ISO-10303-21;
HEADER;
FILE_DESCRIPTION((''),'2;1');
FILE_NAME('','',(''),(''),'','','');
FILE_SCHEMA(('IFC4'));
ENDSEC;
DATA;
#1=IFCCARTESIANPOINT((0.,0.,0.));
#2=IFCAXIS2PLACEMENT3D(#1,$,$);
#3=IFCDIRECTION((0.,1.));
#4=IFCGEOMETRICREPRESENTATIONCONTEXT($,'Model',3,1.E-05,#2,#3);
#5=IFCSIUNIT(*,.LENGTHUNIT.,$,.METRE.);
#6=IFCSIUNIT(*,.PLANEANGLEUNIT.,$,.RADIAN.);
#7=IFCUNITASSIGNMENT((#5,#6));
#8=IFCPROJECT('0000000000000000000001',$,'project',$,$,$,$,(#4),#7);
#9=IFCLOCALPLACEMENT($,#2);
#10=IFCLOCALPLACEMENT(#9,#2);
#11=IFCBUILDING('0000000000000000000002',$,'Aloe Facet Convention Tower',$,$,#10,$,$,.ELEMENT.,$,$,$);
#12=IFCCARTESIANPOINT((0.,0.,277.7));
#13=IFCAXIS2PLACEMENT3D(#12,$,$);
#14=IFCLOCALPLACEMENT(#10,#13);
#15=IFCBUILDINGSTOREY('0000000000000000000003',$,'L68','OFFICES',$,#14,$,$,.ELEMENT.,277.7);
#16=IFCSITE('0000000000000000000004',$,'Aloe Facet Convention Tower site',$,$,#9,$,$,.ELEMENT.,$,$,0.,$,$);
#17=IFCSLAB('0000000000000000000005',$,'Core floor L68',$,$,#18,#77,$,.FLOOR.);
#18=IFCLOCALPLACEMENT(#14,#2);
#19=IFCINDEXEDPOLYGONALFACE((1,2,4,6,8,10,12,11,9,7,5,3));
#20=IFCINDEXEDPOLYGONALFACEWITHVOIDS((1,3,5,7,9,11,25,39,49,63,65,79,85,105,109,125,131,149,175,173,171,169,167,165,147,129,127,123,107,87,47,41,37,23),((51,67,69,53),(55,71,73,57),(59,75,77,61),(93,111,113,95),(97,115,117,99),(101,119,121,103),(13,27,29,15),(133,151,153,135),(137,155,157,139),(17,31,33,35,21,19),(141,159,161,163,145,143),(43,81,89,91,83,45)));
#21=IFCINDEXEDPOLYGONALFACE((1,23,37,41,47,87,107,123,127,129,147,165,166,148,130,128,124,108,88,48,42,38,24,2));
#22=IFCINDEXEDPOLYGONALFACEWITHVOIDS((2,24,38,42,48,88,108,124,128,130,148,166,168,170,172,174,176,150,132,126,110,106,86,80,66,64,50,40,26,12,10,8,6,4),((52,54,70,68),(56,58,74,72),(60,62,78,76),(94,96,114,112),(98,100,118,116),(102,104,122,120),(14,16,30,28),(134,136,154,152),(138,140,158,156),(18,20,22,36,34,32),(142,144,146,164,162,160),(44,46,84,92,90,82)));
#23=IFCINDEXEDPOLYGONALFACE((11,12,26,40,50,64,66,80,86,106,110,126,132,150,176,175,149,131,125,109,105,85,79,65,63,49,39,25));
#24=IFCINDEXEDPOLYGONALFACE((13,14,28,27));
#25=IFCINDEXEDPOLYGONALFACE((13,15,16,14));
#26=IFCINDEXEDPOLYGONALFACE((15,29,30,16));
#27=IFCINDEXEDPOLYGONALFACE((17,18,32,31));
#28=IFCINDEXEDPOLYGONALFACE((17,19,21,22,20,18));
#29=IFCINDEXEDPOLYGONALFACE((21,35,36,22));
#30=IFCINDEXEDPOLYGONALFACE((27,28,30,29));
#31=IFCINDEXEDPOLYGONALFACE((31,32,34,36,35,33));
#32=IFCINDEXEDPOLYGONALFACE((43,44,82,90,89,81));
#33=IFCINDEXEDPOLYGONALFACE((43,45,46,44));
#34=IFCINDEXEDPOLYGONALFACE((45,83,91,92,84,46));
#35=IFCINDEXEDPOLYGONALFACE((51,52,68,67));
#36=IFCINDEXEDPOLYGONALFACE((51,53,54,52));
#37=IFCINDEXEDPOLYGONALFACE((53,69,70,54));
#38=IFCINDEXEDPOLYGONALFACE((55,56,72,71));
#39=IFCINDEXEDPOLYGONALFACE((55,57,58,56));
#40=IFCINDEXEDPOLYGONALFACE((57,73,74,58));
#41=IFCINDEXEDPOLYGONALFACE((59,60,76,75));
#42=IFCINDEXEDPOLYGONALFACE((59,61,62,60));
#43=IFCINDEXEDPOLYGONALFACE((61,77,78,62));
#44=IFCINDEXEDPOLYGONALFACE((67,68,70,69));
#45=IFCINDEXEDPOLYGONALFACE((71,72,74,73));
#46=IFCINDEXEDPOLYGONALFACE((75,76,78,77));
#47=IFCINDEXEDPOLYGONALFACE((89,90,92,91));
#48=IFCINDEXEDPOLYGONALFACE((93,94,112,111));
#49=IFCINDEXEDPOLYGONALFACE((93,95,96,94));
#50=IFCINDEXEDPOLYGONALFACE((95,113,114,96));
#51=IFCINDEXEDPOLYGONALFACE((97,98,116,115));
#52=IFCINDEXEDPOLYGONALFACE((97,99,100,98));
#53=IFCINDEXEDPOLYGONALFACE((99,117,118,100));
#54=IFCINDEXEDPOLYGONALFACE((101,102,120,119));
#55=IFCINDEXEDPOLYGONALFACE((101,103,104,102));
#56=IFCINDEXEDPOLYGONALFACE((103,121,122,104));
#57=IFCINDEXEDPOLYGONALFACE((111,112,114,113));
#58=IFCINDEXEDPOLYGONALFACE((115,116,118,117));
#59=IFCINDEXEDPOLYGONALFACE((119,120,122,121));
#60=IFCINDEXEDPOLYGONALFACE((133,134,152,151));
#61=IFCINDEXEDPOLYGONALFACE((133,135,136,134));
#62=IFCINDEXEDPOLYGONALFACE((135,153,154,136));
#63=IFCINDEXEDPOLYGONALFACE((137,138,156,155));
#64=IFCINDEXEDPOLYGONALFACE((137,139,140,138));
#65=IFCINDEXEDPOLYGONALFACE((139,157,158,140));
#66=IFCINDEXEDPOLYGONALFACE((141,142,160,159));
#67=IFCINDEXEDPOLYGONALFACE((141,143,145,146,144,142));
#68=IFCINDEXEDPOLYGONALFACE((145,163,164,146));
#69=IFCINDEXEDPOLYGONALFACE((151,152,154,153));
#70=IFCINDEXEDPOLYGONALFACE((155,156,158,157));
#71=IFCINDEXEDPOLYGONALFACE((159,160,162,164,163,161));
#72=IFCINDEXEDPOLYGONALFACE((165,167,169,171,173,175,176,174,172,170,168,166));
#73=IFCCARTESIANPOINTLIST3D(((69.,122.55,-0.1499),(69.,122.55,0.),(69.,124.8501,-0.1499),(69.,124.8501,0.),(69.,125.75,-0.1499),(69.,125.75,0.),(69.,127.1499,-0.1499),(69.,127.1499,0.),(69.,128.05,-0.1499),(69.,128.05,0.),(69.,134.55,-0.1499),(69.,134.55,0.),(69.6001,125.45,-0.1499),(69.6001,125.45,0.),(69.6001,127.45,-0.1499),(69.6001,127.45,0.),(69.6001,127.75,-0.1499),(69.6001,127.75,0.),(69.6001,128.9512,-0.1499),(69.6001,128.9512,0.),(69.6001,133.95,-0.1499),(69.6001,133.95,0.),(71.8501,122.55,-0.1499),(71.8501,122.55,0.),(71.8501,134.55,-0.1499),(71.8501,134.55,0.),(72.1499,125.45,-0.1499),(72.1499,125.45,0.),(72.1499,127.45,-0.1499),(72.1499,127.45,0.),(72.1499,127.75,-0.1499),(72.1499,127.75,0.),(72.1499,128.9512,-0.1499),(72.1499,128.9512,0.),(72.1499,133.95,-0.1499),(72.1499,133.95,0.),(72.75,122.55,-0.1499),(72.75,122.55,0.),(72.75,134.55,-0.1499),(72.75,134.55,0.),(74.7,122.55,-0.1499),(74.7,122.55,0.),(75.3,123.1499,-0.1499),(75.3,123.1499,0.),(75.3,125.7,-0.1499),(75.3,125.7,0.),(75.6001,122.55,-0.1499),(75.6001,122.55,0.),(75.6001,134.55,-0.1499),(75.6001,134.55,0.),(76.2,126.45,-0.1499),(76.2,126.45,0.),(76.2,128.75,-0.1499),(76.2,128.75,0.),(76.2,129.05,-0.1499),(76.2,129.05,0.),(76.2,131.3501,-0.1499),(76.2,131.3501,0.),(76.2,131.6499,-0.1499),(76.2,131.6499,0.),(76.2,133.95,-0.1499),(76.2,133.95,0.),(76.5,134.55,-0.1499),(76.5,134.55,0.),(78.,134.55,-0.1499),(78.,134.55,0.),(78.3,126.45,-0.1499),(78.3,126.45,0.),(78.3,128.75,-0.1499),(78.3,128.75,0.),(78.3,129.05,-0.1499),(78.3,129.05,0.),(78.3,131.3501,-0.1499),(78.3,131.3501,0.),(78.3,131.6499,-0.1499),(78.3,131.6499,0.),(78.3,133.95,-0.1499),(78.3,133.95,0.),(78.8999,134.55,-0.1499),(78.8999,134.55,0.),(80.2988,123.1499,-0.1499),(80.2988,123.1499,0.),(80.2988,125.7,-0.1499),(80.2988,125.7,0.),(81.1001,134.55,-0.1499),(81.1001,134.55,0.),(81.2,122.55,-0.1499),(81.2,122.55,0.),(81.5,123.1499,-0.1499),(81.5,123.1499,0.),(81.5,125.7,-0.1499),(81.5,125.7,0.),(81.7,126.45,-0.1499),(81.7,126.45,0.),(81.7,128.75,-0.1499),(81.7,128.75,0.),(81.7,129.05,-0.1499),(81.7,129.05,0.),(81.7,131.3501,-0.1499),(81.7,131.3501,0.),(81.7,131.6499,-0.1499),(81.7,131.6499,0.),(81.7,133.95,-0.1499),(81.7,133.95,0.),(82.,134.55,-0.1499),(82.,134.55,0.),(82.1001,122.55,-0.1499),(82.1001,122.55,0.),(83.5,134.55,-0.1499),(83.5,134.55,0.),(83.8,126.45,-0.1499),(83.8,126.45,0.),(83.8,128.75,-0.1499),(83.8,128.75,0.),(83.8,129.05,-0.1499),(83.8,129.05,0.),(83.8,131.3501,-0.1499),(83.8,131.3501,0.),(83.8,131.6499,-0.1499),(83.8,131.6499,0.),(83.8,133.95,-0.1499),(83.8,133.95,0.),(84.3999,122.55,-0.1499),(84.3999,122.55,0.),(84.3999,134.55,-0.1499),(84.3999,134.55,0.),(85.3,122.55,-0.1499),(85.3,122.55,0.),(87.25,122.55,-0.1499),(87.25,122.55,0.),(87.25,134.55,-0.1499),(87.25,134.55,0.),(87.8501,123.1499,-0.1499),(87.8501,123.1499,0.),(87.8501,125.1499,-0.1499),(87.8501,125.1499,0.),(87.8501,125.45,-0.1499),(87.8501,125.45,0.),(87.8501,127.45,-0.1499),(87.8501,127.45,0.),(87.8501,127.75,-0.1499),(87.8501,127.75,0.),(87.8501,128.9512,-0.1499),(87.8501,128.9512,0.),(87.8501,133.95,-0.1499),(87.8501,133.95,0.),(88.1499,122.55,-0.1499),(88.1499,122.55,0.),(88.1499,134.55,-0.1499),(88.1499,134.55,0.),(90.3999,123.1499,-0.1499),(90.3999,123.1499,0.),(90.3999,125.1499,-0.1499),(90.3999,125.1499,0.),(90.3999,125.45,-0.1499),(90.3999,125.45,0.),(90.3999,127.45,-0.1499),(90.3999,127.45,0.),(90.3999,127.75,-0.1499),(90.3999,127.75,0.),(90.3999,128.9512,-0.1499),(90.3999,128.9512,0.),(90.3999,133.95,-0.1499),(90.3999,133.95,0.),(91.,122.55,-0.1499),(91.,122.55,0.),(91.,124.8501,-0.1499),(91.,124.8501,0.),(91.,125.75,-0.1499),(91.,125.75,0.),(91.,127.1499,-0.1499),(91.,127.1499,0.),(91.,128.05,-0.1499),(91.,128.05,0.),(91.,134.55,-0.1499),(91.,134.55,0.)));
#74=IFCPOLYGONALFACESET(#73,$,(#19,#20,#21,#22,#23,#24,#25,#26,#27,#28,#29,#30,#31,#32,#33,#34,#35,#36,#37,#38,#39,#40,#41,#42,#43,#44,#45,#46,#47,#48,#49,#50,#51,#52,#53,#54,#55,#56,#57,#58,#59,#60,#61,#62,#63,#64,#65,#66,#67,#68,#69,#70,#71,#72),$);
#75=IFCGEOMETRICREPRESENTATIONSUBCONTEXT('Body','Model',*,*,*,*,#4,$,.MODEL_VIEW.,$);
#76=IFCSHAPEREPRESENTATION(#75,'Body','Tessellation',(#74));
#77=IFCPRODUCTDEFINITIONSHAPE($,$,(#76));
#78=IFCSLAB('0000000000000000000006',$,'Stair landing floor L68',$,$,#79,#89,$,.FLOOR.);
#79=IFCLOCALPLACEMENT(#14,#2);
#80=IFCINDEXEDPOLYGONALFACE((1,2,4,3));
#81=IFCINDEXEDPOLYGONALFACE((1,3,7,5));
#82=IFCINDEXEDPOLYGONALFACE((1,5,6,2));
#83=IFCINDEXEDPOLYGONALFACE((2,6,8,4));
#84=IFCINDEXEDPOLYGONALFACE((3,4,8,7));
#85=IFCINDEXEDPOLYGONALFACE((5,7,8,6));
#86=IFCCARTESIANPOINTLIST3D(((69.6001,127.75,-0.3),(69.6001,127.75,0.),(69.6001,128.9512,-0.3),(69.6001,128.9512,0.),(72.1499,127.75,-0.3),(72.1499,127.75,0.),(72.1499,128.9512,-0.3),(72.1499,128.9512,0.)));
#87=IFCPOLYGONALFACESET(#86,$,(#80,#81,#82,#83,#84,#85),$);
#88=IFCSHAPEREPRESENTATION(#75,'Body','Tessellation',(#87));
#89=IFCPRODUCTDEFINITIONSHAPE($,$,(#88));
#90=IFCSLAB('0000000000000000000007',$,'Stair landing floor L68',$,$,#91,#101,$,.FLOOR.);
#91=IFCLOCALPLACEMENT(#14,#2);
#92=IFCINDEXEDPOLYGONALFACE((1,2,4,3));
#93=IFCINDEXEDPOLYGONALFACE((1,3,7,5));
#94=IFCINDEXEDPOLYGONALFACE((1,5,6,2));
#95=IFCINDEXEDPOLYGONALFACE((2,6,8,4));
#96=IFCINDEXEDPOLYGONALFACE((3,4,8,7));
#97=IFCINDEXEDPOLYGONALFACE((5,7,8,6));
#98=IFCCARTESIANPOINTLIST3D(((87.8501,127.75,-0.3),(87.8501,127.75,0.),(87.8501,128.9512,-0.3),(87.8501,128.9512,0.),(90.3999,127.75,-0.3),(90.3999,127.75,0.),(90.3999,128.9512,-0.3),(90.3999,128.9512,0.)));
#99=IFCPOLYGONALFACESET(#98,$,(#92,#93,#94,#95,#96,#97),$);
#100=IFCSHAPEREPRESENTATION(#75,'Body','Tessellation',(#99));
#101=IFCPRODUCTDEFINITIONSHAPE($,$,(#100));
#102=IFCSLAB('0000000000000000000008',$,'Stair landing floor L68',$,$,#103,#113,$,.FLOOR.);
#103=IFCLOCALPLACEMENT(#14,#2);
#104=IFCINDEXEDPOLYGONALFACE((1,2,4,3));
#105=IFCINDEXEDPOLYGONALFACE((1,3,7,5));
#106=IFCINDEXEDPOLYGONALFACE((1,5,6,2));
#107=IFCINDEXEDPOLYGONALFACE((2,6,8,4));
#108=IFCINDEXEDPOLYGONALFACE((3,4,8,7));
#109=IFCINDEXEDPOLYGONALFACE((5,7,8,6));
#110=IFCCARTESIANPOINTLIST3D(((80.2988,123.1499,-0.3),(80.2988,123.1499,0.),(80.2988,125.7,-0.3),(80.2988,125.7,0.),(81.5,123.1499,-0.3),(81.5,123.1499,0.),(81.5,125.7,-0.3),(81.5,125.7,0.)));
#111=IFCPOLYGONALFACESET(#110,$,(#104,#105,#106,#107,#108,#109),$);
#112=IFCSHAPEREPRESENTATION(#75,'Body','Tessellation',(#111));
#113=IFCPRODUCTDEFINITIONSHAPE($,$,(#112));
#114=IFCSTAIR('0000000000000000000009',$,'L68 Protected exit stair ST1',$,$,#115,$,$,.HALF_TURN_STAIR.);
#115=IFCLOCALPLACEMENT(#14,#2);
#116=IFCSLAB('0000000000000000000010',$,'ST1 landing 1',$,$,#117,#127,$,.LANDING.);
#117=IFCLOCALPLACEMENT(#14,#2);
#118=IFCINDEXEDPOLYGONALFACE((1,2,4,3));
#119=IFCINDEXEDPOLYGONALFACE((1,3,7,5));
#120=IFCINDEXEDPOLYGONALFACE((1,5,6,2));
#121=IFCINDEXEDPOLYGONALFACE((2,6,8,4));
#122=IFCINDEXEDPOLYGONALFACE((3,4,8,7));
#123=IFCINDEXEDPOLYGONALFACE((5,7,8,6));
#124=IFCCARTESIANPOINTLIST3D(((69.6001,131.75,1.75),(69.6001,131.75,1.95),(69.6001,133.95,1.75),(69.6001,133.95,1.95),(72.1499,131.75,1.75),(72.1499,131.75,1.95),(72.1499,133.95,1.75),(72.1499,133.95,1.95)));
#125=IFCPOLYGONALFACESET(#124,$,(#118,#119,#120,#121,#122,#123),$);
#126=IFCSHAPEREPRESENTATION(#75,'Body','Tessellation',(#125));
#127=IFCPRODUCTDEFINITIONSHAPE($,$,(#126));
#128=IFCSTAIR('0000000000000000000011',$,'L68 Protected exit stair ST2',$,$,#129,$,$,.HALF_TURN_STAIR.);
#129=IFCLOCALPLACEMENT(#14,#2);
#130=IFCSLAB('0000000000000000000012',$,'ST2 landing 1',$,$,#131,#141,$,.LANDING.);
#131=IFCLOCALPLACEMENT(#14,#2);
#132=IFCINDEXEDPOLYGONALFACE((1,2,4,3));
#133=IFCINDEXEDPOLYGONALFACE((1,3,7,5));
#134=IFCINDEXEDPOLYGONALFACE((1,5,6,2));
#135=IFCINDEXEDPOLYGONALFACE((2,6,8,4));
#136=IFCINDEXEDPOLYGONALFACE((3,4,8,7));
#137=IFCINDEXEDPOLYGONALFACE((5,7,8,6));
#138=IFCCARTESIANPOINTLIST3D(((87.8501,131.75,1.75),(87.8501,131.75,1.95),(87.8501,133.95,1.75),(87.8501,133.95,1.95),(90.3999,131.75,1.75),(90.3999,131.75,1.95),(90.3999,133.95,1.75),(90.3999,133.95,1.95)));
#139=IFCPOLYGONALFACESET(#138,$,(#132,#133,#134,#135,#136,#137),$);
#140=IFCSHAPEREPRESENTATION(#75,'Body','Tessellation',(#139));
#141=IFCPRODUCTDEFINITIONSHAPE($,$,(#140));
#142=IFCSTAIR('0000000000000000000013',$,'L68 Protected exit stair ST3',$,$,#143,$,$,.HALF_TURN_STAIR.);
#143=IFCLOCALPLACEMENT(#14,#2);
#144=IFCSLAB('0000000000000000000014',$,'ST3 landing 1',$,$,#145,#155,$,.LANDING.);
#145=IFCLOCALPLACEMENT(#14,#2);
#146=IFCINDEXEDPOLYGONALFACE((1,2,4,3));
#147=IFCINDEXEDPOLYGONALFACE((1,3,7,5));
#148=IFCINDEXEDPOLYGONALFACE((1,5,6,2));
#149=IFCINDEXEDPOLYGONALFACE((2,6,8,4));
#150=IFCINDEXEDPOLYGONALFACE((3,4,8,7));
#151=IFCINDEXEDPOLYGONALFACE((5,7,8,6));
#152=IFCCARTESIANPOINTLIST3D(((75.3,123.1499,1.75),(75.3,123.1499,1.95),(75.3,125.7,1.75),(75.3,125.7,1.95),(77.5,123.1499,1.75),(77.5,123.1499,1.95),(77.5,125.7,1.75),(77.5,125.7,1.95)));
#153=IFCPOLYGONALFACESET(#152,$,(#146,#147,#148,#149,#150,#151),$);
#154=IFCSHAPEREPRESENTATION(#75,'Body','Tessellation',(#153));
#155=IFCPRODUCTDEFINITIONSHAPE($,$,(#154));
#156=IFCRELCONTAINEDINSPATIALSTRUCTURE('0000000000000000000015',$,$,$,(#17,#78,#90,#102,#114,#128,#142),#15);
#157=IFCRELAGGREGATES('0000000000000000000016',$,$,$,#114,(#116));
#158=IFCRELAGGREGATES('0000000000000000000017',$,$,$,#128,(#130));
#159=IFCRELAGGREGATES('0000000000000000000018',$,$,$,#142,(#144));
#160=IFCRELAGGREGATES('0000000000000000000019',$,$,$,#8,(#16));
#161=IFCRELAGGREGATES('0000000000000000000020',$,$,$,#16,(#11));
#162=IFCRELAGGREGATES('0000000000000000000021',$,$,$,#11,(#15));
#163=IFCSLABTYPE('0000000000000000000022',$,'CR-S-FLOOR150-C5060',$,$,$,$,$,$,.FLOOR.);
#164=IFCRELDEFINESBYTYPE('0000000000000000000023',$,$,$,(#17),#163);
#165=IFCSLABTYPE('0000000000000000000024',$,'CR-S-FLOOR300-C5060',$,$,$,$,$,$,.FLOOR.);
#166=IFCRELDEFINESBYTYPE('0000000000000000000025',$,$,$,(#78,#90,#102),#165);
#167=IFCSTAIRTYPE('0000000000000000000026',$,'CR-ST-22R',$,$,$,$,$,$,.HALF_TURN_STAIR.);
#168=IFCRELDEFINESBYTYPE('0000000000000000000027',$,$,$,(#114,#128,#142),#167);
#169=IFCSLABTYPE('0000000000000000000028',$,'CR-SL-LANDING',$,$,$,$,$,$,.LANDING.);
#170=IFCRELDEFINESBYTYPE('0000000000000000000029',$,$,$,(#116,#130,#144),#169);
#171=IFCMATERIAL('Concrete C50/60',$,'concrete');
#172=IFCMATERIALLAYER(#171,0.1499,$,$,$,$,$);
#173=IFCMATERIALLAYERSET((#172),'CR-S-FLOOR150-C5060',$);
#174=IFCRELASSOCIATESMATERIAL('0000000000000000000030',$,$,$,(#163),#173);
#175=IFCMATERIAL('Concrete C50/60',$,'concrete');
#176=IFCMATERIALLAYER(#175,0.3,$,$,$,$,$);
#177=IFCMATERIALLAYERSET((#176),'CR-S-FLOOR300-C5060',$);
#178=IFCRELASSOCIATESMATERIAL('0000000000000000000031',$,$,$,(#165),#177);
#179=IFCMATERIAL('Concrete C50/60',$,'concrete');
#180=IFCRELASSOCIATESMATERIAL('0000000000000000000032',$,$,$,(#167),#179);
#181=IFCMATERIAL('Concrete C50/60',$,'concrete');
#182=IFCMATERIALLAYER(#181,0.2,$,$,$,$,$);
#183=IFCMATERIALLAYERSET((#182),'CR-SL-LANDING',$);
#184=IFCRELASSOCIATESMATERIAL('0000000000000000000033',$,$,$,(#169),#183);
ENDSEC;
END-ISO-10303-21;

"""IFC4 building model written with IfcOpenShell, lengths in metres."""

from ifc_helpers import new_model, si_unit, direction, frame, origin, place, context, subcontext, project, spatial, polyline, outline, extrude, material, layer, layer_set, type_object, element, aggregate, save


model = new_model("IFC4")

# Units and contexts
model_context = context("Model", 3, precision=1e-05, world=origin(), true_north=direction((0.0, 1.0)))
body_context = subcontext(model_context, "Body", "Model", "MODEL_VIEW")
ifc_project = project(units=[si_unit("LENGTHUNIT", "METRE"), si_unit("PLANEANGLEUNIT", "RADIAN")], contexts=[model_context])

# Site, building, storey
site_placement = place(None, origin())
site = spatial("IfcSite", under=ifc_project, at=site_placement, Name="Aloe Facet Convention Tower site", CompositionType="ELEMENT", RefElevation=0.0)
building_placement = place(site_placement, origin())
building = spatial("IfcBuilding", under=site, at=building_placement, Name="Aloe Facet Convention Tower", CompositionType="ELEMENT")
storey_placement = place(building_placement, frame((0.0, 0.0, 277.7)))
storey = spatial("IfcBuildingStorey", under=building, at=storey_placement, Name="L68", Description="OFFICES", CompositionType="ELEMENT", Elevation=277.7)

# Slabs
ifc_material_1 = material(Name="Concrete C50/60", Category="concrete")
ifc_layer_1 = layer(ifc_material_1, 0.1499)
ifc_layer_set_1 = layer_set([ifc_layer_1], Name="CR-S-FLOOR150-C5060")
slab_type_1 = type_object("IfcSlabType", Name="CR-S-FLOOR150-C5060", PredefinedType="FLOOR", material=ifc_layer_set_1)
slab_1_placement = place(storey_placement, frame((0.0, 0.0, -0.1499)))
element("IfcSlab", 1, at=slab_1_placement, inside=storey, type_object=slab_type_1, Name="Core floor L68", PredefinedType="FLOOR", context=body_context, shape_type="SweptSolid", body=[
    extrude(outline(polyline([(71.8501, 134.55), (72.75, 134.55), (75.6001, 134.55), (76.5, 134.55), (78.0, 134.55), (78.8999, 134.55), (81.1001, 134.55), (82.0, 134.55), (83.5, 134.55), (84.3999, 134.55), (87.25, 134.55), (88.1499, 134.55), (91.0, 134.55), (91.0, 128.05), (91.0, 127.1499), (91.0, 125.75), (91.0, 124.8501), (91.0, 122.55), (88.1499, 122.55), (87.25, 122.55), (85.3, 122.55), (84.3999, 122.55), (82.1001, 122.55), (81.2, 122.55), (75.6001, 122.55), (74.7, 122.55), (72.75, 122.55), (71.8501, 122.55), (69.0, 122.55), (69.0, 124.8501), (69.0, 125.75), (69.0, 127.1499), (69.0, 128.05), (69.0, 134.55), (71.8501, 134.55)]), holes=[polyline([(80.2988, 123.1499), (81.5, 123.1499), (81.5, 125.7), (80.2988, 125.7), (75.3, 125.7), (75.3, 123.1499), (80.2988, 123.1499)]), polyline([(69.6001, 125.45), (72.1499, 125.45), (72.1499, 127.45), (69.6001, 127.45), (69.6001, 125.45)]), polyline([(76.2, 126.45), (78.3, 126.45), (78.3, 128.75), (76.2, 128.75), (76.2, 126.45)]), polyline([(78.3, 129.05), (78.3, 131.3501), (76.2, 131.3501), (76.2, 129.05), (78.3, 129.05)]), polyline([(69.6001, 133.95), (69.6001, 128.9512), (69.6001, 127.75), (72.1499, 127.75), (72.1499, 128.9512), (72.1499, 133.95), (69.6001, 133.95)]), polyline([(76.2, 131.6499), (78.3, 131.6499), (78.3, 133.95), (76.2, 133.95), (76.2, 131.6499)]), polyline([(90.3999, 123.1499), (90.3999, 125.1499), (87.8501, 125.1499), (87.8501, 123.1499), (90.3999, 123.1499)]), polyline([(87.8501, 125.45), (90.3999, 125.45), (90.3999, 127.45), (87.8501, 127.45), (87.8501, 125.45)]), polyline([(81.7, 126.45), (83.8, 126.45), (83.8, 128.75), (81.7, 128.75), (81.7, 126.45)]), polyline([(83.8, 129.05), (83.8, 131.3501), (81.7, 131.3501), (81.7, 129.05), (83.8, 129.05)]), polyline([(87.8501, 133.95), (87.8501, 128.9512), (87.8501, 127.75), (90.3999, 127.75), (90.3999, 128.9512), (90.3999, 133.95), (87.8501, 133.95)]), polyline([(81.7, 131.6499), (83.8, 131.6499), (83.8, 133.95), (81.7, 133.95), (81.7, 131.6499)])]), origin(), (0.0, 0.0, 1.0), 0.1499),
])
ifc_material_2 = material(Name="Concrete C50/60", Category="concrete")
ifc_layer_2 = layer(ifc_material_2, 0.3)
ifc_layer_set_2 = layer_set([ifc_layer_2], Name="CR-S-FLOOR300-C5060")
slab_type_2 = type_object("IfcSlabType", Name="CR-S-FLOOR300-C5060", PredefinedType="FLOOR", material=ifc_layer_set_2)
slab_2_placement = place(storey_placement, frame((0.0, 0.0, -0.3)))
element("IfcSlab", 2, at=slab_2_placement, inside=storey, type_object=slab_type_2, Name="Stair landing floor L68", PredefinedType="FLOOR", context=body_context, shape_type="SweptSolid", body=[
    extrude(outline(polyline([(72.1499, 127.75), (72.1499, 128.9512), (69.6001, 128.9512), (69.6001, 127.75), (72.1499, 127.75)])), origin(), (0.0, 0.0, 1.0), 0.3),
])
slab_3_placement = place(storey_placement, frame((0.0, 0.0, -0.3)))
element("IfcSlab", 3, at=slab_3_placement, inside=storey, type_object=slab_type_2, Name="Stair landing floor L68", PredefinedType="FLOOR", context=body_context, shape_type="SweptSolid", body=[
    extrude(outline(polyline([(90.3999, 127.75), (90.3999, 128.9512), (87.8501, 128.9512), (87.8501, 127.75), (90.3999, 127.75)])), origin(), (0.0, 0.0, 1.0), 0.3),
])
slab_4_placement = place(storey_placement, frame((0.0, 0.0, -0.3)))
element("IfcSlab", 4, at=slab_4_placement, inside=storey, type_object=slab_type_2, Name="Stair landing floor L68", PredefinedType="FLOOR", context=body_context, shape_type="SweptSolid", body=[
    extrude(outline(polyline([(81.5, 125.7), (80.2988, 125.7), (80.2988, 123.1499), (81.5, 123.1499), (81.5, 125.7)])), origin(), (0.0, 0.0, 1.0), 0.3),
])

# Stairs, slabs
ifc_material_3 = material(Name="Concrete C50/60", Category="concrete")
stair_type = type_object("IfcStairType", Name="CR-ST-22R", PredefinedType="HALF_TURN_STAIR", material=ifc_material_3)
stair_1_placement = place(storey_placement, origin())
stair_1 = element("IfcStair", 5, at=stair_1_placement, inside=storey, type_object=stair_type, Name="L68 Protected exit stair ST1", PredefinedType="HALF_TURN_STAIR")
ifc_material_4 = material(Name="Concrete C50/60", Category="concrete")
ifc_layer_3 = layer(ifc_material_4, 0.2)
ifc_layer_set_3 = layer_set([ifc_layer_3], Name="CR-SL-LANDING")
slab_type_3 = type_object("IfcSlabType", Name="CR-SL-LANDING", PredefinedType="LANDING", material=ifc_layer_set_3)
slab_5_placement = place(storey_placement, frame((0.0, 0.0, 1.75)))
slab_5 = element("IfcSlab", 6, at=slab_5_placement, type_object=slab_type_3, Name="ST1 landing 1", PredefinedType="LANDING", context=body_context, shape_type="SweptSolid", body=[
    extrude(outline(polyline([(72.1499, 131.75), (72.1499, 133.95), (69.6001, 133.95), (69.6001, 131.75), (72.1499, 131.75)])), origin(), (0.0, 0.0, 1.0), 0.2),
])
aggregate(stair_1, [slab_5])
stair_2_placement = place(storey_placement, origin())
stair_2 = element("IfcStair", 7, at=stair_2_placement, inside=storey, type_object=stair_type, Name="L68 Protected exit stair ST2", PredefinedType="HALF_TURN_STAIR")
slab_6_placement = place(storey_placement, frame((0.0, 0.0, 1.75)))
slab_6 = element("IfcSlab", 8, at=slab_6_placement, type_object=slab_type_3, Name="ST2 landing 1", PredefinedType="LANDING", context=body_context, shape_type="SweptSolid", body=[
    extrude(outline(polyline([(90.3999, 131.75), (90.3999, 133.95), (87.8501, 133.95), (87.8501, 131.75), (90.3999, 131.75)])), origin(), (0.0, 0.0, 1.0), 0.2),
])
aggregate(stair_2, [slab_6])
stair_3_placement = place(storey_placement, origin())
stair_3 = element("IfcStair", 9, at=stair_3_placement, inside=storey, type_object=stair_type, Name="L68 Protected exit stair ST3", PredefinedType="HALF_TURN_STAIR")
slab_7_placement = place(storey_placement, frame((0.0, 0.0, 1.75)))
slab_7 = element("IfcSlab", 10, at=slab_7_placement, type_object=slab_type_3, Name="ST3 landing 1", PredefinedType="LANDING", context=body_context, shape_type="SweptSolid", body=[
    extrude(outline(polyline([(77.5, 125.7), (75.3, 125.7), (75.3, 123.1499), (77.5, 123.1499), (77.5, 125.7)])), origin(), (0.0, 0.0, 1.0), 0.2),
])
aggregate(stair_3, [slab_7])

save(model, "model.ifc")
